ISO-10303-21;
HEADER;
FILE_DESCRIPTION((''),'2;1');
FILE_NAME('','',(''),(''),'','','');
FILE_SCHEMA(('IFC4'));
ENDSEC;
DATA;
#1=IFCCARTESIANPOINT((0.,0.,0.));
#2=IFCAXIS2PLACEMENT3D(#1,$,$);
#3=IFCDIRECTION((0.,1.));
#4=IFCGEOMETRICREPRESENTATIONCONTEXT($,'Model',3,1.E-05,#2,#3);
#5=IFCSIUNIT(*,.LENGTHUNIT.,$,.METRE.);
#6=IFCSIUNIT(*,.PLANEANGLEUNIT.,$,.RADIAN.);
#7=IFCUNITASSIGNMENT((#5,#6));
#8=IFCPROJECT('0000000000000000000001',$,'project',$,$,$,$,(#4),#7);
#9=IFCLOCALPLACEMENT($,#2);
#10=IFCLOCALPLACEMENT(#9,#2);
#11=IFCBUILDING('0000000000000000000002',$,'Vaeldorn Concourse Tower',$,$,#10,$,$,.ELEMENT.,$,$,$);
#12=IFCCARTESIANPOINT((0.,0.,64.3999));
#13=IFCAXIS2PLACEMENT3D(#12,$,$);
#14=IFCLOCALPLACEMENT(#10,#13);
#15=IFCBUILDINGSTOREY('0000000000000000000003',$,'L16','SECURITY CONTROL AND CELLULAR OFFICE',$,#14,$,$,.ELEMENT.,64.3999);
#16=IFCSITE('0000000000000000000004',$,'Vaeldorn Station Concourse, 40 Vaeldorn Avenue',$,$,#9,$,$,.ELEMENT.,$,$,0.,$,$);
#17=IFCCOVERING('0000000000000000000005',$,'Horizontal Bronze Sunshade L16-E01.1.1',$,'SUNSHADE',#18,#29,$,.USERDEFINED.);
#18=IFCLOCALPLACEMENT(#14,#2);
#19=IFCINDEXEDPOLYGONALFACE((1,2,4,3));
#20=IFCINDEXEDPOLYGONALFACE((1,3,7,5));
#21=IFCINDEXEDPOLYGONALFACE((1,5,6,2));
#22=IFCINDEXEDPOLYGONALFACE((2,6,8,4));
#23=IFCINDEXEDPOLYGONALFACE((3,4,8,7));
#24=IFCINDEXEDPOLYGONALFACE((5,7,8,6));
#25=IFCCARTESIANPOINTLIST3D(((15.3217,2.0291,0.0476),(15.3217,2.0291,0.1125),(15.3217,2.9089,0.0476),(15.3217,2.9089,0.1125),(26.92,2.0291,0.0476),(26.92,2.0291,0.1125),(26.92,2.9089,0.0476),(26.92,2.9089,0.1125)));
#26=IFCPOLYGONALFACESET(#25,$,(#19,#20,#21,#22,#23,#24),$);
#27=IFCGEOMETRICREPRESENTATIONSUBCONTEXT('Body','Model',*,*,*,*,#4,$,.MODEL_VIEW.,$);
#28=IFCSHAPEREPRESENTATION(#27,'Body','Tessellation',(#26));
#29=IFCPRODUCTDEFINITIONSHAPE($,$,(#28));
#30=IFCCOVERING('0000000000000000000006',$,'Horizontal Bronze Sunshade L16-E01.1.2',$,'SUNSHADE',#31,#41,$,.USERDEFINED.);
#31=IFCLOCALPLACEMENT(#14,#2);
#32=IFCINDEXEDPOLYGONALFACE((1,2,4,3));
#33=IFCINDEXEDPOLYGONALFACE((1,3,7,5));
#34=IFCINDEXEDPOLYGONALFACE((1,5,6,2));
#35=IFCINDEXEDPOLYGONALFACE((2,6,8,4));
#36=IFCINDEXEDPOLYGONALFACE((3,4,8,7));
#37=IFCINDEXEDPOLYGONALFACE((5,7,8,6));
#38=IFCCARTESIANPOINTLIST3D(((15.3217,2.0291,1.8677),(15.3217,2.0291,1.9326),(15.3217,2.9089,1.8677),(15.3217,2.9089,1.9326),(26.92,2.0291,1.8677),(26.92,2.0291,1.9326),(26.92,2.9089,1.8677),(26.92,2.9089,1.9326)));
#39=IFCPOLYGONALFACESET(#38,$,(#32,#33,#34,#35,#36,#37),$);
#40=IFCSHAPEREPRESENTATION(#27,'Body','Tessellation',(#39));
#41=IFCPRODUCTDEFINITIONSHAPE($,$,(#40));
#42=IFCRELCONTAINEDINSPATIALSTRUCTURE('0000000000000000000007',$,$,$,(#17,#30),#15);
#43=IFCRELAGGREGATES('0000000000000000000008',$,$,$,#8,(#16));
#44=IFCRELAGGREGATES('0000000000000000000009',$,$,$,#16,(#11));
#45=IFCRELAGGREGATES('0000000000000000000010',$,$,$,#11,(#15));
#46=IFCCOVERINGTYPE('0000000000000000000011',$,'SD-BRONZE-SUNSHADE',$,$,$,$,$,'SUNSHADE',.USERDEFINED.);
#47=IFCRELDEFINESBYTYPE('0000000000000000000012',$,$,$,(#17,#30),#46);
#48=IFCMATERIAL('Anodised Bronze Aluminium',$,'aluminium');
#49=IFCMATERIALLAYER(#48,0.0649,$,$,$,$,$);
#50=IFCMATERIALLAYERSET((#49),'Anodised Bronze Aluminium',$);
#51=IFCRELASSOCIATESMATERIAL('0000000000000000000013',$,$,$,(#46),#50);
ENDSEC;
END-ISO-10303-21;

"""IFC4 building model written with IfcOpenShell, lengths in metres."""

from ifc_helpers import new_model, si_unit, direction, frame, origin, origin_2d, place, context, subcontext, project, spatial, rectangle, extrude, source, transform, mapped, material, layer, layer_set, type_object, element, save


model = new_model("IFC4")

# Units and contexts
model_context = context("Model", 3, precision=1e-05, world=origin(), true_north=direction((0.0, 1.0)))
body_context = subcontext(model_context, "Body", "Model", "MODEL_VIEW")
ifc_project = project(units=[si_unit("LENGTHUNIT", "METRE"), si_unit("PLANEANGLEUNIT", "RADIAN")], contexts=[model_context])

# Site, building, storey
site_placement = place(None, origin())
site = spatial("IfcSite", under=ifc_project, at=site_placement, Name="Vaeldorn Station Concourse, 40 Vaeldorn Avenue", CompositionType="ELEMENT", RefElevation=0.0)
building_placement = place(site_placement, origin())
building = spatial("IfcBuilding", under=site, at=building_placement, Name="Vaeldorn Concourse Tower", CompositionType="ELEMENT")
storey_placement = place(building_placement, frame((0.0, 0.0, 64.3999)))
storey = spatial("IfcBuildingStorey", under=building, at=storey_placement, Name="L16", Description="SECURITY CONTROL AND CELLULAR OFFICE", CompositionType="ELEMENT", Elevation=64.3999)

# Shared definitions
ifc_material_1 = material(Name="Anodised Bronze Aluminium", Category="aluminium")

# Coverings
ifc_layer_1 = layer(ifc_material_1, 0.0649)
ifc_layer_set_1 = layer_set([ifc_layer_1], Name="Anodised Bronze Aluminium")
covering_type = type_object("IfcCoveringType", Name="SD-BRONZE-SUNSHADE", ElementType="SUNSHADE", PredefinedType="USERDEFINED", material=ifc_layer_set_1)
shared_shape_1 = source(origin(), body_context, "Body", "SweptSolid", [
    extrude(rectangle(XDim=11.5984, YDim=0.8799, at=origin_2d()), origin(), (0.0, 0.0, 1.0), 0.0649),
])
for number, where, z_axis, x_axis, name in (
    (1, (21.1208, 2.469, 0.0476), (0.0, 0.0, 1.0), (1.0, 0.0, 0.0), "Horizontal Bronze Sunshade L16-E01.1.1"),
    (2, (21.1208, 2.469, 1.8677), (0.0, 0.0, 1.0), (1.0, 0.0, 0.0), "Horizontal Bronze Sunshade L16-E01.1.2"),
):
    element("IfcCovering", number, at=place(storey_placement, frame(where, z_axis=z_axis, x_axis=x_axis)), inside=storey, type_object=covering_type, Name=name, ObjectType="SUNSHADE", PredefinedType="USERDEFINED", context=body_context, shape_type="MappedRepresentation", body=[
        mapped(shared_shape_1, transform((0.0, 0.0, 0.0), scale=1.0)),
    ])

save(model, "model.ifc")
